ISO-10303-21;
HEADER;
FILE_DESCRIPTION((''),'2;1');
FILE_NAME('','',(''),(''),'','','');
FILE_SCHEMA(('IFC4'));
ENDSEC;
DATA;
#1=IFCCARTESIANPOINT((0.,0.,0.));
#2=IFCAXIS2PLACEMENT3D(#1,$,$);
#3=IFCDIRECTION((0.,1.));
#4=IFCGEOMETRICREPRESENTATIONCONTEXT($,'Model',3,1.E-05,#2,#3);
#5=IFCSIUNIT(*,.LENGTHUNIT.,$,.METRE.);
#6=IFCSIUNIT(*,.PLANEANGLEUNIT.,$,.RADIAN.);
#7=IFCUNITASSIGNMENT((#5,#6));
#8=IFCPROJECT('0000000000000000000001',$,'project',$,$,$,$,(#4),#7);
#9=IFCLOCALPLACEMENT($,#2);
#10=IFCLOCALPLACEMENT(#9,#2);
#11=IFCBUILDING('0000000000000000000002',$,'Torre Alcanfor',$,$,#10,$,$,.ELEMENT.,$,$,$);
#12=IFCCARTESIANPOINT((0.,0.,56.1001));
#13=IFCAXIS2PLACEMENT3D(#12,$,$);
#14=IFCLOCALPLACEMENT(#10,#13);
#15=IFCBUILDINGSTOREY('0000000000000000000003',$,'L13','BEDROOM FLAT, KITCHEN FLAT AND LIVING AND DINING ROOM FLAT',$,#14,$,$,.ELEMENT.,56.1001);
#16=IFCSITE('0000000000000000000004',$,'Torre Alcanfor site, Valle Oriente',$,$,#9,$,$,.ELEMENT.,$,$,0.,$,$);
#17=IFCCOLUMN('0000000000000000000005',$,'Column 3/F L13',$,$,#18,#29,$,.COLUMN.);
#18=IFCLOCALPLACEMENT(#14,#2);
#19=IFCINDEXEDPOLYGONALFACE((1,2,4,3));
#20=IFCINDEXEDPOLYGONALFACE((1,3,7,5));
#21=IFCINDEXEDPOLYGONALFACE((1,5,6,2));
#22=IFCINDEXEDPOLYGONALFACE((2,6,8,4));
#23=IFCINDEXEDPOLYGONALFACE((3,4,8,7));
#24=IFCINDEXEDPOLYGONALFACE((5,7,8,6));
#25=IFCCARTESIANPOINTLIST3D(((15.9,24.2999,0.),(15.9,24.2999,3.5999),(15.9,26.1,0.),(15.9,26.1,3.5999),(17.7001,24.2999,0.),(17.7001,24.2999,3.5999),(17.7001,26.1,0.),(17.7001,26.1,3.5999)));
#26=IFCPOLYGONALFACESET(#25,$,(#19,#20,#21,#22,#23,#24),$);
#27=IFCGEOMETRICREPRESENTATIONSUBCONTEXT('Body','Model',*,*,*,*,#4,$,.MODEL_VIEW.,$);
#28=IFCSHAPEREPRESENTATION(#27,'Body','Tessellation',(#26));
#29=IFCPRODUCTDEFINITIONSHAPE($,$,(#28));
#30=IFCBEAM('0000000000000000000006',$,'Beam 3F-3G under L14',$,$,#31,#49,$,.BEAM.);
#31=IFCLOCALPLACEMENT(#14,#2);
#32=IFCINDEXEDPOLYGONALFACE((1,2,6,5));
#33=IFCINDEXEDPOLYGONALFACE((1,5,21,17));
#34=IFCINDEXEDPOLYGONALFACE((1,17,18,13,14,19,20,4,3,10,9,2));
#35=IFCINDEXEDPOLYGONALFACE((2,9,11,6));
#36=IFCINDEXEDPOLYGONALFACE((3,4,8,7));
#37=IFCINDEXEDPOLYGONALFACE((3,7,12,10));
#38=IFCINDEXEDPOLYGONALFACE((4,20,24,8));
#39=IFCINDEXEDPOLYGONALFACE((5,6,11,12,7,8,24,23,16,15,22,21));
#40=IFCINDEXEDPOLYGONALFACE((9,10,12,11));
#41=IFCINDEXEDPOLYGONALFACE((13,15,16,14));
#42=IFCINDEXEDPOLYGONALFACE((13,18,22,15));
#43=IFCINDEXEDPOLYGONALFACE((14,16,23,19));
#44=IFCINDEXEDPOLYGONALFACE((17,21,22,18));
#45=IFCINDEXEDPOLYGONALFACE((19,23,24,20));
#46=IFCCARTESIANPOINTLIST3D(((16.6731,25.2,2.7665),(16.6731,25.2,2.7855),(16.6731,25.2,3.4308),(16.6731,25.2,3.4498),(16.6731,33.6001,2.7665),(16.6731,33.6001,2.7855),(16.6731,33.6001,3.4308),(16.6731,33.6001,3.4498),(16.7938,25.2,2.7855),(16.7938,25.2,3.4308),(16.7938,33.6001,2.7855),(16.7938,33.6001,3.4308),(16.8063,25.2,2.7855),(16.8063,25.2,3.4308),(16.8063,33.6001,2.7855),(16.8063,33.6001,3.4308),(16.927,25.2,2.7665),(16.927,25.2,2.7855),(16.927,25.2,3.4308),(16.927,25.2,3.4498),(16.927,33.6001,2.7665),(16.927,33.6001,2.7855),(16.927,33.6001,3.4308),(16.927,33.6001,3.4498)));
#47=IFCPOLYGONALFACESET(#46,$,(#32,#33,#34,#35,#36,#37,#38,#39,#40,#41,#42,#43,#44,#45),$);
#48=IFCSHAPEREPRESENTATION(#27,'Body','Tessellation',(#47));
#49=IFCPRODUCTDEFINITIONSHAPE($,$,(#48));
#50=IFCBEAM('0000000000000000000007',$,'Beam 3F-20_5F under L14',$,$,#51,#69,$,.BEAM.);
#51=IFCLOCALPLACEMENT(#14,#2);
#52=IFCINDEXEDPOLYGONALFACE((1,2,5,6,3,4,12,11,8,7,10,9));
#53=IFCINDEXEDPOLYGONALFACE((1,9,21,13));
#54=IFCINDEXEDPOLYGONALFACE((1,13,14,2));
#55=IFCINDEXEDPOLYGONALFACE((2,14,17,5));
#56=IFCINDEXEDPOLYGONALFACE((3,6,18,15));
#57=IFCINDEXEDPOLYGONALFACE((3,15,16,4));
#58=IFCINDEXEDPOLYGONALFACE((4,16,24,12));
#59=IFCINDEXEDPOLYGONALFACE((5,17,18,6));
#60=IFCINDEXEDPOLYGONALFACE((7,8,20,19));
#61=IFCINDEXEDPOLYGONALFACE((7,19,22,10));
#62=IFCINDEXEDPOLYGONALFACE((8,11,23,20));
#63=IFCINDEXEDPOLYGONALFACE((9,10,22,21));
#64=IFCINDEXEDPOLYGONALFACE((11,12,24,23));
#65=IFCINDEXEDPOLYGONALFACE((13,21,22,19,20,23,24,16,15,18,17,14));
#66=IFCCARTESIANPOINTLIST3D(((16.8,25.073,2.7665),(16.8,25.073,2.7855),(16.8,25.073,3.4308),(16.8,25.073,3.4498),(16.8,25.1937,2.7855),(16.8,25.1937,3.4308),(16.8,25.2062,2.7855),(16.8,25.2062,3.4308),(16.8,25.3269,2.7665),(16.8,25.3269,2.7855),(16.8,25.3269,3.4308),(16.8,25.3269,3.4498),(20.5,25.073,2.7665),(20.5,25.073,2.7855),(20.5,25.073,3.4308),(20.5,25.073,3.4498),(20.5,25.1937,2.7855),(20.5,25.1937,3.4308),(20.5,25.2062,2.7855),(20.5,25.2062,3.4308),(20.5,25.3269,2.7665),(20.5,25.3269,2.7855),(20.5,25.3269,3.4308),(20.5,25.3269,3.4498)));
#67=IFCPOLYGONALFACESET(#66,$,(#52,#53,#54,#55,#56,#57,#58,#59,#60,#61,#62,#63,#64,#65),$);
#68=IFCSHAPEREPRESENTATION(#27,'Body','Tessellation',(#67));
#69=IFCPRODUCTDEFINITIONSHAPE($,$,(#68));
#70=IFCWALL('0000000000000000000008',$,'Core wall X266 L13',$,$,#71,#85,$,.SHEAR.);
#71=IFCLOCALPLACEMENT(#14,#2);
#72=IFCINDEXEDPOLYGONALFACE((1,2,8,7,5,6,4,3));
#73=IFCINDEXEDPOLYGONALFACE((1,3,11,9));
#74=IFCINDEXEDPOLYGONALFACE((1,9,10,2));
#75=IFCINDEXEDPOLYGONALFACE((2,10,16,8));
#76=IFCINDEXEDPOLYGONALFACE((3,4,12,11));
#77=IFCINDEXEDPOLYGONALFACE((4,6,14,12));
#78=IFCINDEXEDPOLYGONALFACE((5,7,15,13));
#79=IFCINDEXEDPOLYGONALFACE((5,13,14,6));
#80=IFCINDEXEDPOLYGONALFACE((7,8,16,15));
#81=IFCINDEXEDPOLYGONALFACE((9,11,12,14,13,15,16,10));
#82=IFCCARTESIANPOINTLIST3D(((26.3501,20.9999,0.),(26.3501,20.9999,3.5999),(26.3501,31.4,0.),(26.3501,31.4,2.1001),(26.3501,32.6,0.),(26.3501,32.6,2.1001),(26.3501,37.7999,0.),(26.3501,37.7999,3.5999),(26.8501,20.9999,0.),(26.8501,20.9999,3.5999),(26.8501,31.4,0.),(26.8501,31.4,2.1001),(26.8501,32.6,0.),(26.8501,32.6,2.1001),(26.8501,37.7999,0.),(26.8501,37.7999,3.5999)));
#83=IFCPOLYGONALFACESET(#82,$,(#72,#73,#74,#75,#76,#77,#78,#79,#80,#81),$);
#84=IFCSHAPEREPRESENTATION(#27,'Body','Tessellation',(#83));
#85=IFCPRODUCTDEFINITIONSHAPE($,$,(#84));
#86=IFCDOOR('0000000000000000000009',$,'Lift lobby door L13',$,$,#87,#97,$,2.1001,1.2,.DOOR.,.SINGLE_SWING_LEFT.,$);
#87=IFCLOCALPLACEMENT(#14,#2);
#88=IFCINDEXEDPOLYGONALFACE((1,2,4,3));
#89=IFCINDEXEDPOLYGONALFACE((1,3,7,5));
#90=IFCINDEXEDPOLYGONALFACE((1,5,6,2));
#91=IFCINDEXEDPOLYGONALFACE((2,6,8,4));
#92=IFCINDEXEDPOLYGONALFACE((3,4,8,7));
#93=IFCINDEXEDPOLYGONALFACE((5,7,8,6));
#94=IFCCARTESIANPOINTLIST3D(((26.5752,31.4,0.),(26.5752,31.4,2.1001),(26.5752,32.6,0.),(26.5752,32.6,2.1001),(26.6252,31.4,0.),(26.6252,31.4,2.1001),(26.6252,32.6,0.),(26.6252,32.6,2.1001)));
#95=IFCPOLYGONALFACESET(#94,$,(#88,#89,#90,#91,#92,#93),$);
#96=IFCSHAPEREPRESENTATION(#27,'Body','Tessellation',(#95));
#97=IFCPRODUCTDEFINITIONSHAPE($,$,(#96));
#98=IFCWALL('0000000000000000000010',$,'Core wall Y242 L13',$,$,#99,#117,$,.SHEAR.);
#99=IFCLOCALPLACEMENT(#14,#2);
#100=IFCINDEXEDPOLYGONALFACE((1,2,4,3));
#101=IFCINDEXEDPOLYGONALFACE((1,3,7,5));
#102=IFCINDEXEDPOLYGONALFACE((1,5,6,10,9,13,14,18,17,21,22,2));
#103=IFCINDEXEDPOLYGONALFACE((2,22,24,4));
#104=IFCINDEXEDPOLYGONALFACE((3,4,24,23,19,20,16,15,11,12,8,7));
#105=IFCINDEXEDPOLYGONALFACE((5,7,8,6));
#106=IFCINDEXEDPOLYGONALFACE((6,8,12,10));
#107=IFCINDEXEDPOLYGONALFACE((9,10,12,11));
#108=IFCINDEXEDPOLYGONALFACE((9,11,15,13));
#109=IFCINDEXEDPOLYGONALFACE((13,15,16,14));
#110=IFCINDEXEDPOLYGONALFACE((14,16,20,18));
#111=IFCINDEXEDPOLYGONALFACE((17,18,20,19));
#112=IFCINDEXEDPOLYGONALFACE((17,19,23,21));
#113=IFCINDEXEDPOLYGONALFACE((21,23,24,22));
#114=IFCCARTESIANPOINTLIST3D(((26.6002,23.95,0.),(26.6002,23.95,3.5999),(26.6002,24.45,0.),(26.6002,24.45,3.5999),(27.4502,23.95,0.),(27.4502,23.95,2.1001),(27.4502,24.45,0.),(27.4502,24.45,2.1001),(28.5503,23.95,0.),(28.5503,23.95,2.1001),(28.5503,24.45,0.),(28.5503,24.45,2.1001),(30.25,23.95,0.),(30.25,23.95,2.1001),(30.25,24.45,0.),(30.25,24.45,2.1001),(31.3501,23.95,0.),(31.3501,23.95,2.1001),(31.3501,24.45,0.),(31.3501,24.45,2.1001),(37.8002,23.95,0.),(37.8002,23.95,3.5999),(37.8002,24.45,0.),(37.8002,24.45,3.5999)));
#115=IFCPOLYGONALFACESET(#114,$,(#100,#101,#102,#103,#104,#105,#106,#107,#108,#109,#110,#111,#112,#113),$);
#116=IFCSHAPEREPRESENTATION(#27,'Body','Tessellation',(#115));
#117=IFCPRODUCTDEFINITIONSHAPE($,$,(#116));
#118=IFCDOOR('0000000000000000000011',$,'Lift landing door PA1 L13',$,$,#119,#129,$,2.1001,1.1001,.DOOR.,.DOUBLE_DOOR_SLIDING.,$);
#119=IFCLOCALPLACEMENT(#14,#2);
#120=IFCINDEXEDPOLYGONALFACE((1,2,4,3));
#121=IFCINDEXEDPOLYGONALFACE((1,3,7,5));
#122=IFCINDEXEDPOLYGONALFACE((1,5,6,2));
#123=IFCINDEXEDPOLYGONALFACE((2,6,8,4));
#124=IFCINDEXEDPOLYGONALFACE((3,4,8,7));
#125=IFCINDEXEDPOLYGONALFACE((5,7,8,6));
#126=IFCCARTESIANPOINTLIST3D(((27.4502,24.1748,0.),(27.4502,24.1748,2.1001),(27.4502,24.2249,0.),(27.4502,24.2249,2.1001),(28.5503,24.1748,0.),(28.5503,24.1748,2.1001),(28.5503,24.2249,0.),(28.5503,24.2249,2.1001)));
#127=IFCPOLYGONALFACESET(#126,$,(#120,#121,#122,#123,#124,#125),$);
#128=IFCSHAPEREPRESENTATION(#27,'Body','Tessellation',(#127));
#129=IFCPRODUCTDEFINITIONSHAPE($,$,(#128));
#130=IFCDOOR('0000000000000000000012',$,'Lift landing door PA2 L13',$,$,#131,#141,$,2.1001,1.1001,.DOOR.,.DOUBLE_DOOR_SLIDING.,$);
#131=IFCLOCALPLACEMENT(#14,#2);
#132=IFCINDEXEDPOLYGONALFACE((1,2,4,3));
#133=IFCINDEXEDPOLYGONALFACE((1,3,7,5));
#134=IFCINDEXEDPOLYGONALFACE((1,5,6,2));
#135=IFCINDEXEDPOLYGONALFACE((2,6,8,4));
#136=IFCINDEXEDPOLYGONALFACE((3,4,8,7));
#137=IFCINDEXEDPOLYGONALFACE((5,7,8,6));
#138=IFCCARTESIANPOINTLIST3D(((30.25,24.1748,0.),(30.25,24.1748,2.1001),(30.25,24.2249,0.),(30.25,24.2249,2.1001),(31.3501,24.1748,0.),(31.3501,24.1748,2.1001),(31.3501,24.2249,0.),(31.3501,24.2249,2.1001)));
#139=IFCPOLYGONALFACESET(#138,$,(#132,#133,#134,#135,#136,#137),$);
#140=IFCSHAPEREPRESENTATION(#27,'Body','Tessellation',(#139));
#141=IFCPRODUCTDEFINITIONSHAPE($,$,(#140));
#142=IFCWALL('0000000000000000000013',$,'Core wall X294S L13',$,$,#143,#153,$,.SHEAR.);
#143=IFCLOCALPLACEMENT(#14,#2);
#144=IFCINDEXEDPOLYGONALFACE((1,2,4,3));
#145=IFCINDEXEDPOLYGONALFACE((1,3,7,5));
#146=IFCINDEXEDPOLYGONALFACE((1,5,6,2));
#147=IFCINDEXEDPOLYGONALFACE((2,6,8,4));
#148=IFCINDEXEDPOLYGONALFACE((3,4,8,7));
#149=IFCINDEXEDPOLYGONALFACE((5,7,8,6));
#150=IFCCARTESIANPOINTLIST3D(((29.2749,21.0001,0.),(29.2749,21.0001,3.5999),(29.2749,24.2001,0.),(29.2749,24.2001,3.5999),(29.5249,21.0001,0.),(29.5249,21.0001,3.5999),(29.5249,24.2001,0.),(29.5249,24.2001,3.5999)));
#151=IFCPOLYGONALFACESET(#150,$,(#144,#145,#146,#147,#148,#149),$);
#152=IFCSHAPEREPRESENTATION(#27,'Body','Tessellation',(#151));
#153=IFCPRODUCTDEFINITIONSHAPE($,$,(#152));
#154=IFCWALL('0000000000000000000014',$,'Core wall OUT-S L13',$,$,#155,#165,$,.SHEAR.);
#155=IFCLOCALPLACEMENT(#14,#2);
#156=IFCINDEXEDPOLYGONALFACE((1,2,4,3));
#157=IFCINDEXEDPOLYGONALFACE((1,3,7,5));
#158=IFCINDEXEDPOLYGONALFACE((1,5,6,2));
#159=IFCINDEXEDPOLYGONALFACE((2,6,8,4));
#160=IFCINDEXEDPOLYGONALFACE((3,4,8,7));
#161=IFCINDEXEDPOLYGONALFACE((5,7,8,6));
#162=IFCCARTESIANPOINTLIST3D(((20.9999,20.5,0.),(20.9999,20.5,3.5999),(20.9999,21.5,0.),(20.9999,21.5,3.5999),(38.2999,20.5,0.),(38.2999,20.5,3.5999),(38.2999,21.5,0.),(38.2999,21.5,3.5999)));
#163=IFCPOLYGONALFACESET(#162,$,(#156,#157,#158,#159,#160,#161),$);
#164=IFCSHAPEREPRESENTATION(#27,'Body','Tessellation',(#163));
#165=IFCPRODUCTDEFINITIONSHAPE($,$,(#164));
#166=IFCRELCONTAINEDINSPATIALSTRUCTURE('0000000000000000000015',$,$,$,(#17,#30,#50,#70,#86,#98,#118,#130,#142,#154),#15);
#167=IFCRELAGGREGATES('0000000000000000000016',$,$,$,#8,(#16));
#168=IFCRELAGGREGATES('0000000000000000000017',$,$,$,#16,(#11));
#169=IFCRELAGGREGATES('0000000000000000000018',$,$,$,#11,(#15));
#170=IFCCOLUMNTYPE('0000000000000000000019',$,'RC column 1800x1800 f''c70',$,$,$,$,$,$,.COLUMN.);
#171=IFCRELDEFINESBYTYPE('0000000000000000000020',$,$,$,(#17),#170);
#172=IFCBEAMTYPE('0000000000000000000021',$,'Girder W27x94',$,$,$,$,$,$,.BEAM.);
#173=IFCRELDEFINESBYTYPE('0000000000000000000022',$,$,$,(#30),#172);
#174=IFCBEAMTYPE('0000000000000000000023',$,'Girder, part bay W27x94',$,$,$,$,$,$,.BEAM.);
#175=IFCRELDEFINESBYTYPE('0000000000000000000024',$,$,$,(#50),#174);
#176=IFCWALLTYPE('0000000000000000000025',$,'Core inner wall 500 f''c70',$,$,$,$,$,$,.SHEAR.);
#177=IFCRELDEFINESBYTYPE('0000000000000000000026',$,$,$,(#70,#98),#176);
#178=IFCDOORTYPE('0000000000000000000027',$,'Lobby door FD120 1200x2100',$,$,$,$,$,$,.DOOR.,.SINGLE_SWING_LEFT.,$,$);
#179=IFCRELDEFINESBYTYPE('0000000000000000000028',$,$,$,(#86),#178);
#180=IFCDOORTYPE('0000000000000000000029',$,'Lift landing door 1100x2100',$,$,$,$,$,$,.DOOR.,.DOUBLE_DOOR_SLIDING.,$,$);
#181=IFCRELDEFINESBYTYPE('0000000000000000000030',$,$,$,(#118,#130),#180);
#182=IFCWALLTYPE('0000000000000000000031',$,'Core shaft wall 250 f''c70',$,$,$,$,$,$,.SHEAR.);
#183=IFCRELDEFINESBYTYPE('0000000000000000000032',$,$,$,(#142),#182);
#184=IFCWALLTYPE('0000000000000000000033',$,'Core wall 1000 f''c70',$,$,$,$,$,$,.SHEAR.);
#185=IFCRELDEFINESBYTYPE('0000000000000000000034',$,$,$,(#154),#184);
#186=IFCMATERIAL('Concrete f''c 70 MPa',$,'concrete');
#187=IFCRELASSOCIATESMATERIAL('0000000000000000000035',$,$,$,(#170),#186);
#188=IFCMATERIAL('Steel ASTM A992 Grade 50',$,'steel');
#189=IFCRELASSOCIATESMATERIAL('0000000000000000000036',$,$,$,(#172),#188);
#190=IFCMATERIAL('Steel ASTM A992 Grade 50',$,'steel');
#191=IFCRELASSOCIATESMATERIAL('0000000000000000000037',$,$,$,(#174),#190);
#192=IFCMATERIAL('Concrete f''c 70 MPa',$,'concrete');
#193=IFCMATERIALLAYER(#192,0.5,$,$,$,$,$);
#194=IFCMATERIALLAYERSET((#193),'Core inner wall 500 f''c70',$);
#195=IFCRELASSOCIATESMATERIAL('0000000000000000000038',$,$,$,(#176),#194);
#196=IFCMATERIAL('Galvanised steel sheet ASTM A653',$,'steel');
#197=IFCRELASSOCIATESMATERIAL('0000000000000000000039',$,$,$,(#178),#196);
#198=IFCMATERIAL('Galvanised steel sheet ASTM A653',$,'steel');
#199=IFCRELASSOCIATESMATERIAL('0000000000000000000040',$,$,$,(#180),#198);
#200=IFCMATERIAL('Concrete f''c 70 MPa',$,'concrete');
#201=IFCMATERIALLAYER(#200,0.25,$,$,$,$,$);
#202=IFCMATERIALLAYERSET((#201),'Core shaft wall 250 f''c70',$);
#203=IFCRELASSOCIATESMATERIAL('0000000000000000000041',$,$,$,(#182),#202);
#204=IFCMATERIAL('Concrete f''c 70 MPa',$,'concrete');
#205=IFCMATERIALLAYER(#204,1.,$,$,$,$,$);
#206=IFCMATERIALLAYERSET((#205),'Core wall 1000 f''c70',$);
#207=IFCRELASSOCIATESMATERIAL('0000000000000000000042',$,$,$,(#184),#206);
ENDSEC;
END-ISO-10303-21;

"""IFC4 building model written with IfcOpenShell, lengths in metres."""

from ifc_helpers import new_model, si_unit, direction, frame, frame_2d, origin, origin_2d, place, context, subcontext, project, spatial, rectangle, i_section, extrude, material, layer, layer_set, material_profile, profile_set, type_object, element, fill, save


model = new_model("IFC4")

# Units and contexts
model_context = context("Model", 3, precision=1e-05, world=origin(), true_north=direction((0.0, 1.0)))
body_context = subcontext(model_context, "Body", "Model", "MODEL_VIEW")
ifc_project = project(units=[si_unit("LENGTHUNIT", "METRE"), si_unit("PLANEANGLEUNIT", "RADIAN")], contexts=[model_context])

# Site, building, storey
site_placement = place(None, origin())
site = spatial("IfcSite", under=ifc_project, at=site_placement, Name="Torre Alcanfor site, Valle Oriente", CompositionType="ELEMENT", RefElevation=0.0)
building_placement = place(site_placement, origin())
building = spatial("IfcBuilding", under=site, at=building_placement, Name="Torre Alcanfor", CompositionType="ELEMENT")
storey_placement = place(building_placement, frame((0.0, 0.0, 56.1001)))
storey = spatial("IfcBuildingStorey", under=building, at=storey_placement, Name="L13", Description="BEDROOM FLAT, KITCHEN FLAT AND LIVING AND DINING ROOM FLAT", CompositionType="ELEMENT", Elevation=56.1001)

# Column
ifc_material_1 = material(Name="Concrete f'c 70 MPa", Category="concrete")
ifc_material_profile_1 = material_profile(ifc_material_1, rectangle(XDim=1.8, YDim=1.8, at=origin_2d()), Name="1800x1800")
ifc_profile_set_1 = profile_set([ifc_material_profile_1], Name="Concrete f'c 70 MPa")
column_type = type_object("IfcColumnType", Name="RC column 1800x1800 f'c70", PredefinedType="COLUMN", material=ifc_profile_set_1)
column_placement = place(storey_placement, frame((16.8, 25.2, 0.0), z_axis=(0.0, 0.0, 1.0), x_axis=(1.0, 0.0, 0.0)))
element("IfcColumn", 1, at=column_placement, inside=storey, type_object=column_type, Name="Column 3/F L13", PredefinedType="COLUMN", context=body_context, shape_type="SweptSolid", body=[
    extrude(rectangle(XDim=1.8, YDim=1.8, at=origin_2d()), origin(), (0.0, 0.0, 1.0), 3.5999),
])

# Beams
ifc_material_2 = material(Name="Steel ASTM A992 Grade 50", Category="steel")
ifc_material_profile_2 = material_profile(ifc_material_2, i_section(OverallWidth=0.2539, OverallDepth=0.6833, WebThickness=0.0125, FlangeThickness=0.019, at=origin_2d()), Name="W27x94")
ifc_profile_set_2 = profile_set([ifc_material_profile_2], Name="Steel ASTM A992 Grade 50")
beam_type_1 = type_object("IfcBeamType", Name="Girder W27x94", PredefinedType="BEAM", material=ifc_profile_set_2)
beam_1_placement = place(storey_placement, frame((16.8, 25.2, 3.1082), z_axis=(0.0, 1.0, 0.0), x_axis=(-1.0, 0.0, 0.0)))
element("IfcBeam", 2, at=beam_1_placement, inside=storey, type_object=beam_type_1, Name="Beam 3F-3G under L14", PredefinedType="BEAM", context=body_context, shape_type="SweptSolid", body=[
    extrude(i_section(OverallWidth=0.2539, OverallDepth=0.6833, WebThickness=0.0125, FlangeThickness=0.019, at=origin_2d()), origin(), (0.0, 0.0, 1.0), 8.4001),
])
ifc_material_3 = material(Name="Steel ASTM A992 Grade 50", Category="steel")
ifc_material_profile_3 = material_profile(ifc_material_3, i_section(OverallWidth=0.2539, OverallDepth=0.6833, WebThickness=0.0125, FlangeThickness=0.019, at=origin_2d()), Name="W27x94")
ifc_profile_set_3 = profile_set([ifc_material_profile_3], Name="Steel ASTM A992 Grade 50")
beam_type_2 = type_object("IfcBeamType", Name="Girder, part bay W27x94", PredefinedType="BEAM", material=ifc_profile_set_3)
beam_2_placement = place(storey_placement, frame((16.8, 25.2, 3.1082), z_axis=(1.0, 0.0, 0.0), x_axis=(0.0, 1.0, 0.0)))
element("IfcBeam", 3, at=beam_2_placement, inside=storey, type_object=beam_type_2, Name="Beam 3F-20_5F under L14", PredefinedType="BEAM", context=body_context, shape_type="SweptSolid", body=[
    extrude(i_section(OverallWidth=0.2539, OverallDepth=0.6833, WebThickness=0.0125, FlangeThickness=0.019, at=origin_2d()), origin(), (0.0, 0.0, 1.0), 3.7),
])

# Wall, opening, door
ifc_material_4 = material(Name="Concrete f'c 70 MPa", Category="concrete")
ifc_layer_1 = layer(ifc_material_4, 0.5)
ifc_layer_set_1 = layer_set([ifc_layer_1], Name="Core inner wall 500 f'c70")
wall_type_1 = type_object("IfcWallType", Name="Core inner wall 500 f'c70", PredefinedType="SHEAR", material=ifc_layer_set_1)
wall_1_placement = place(storey_placement, frame((26.6001, 21.0, 0.0), z_axis=(0.0, 0.0, 1.0), x_axis=(0.0, 1.0, 0.0)))
wall_1 = element("IfcWall", 4, at=wall_1_placement, inside=storey, type_object=wall_type_1, Name="Core wall X266 L13", PredefinedType="SHEAR", context=body_context, shape_type="SweptSolid", body=[
    extrude(rectangle(XDim=16.8, YDim=0.5, at=frame_2d((8.3999, 0.0))), origin(), (0.0, 0.0, 1.0), 3.5999),
])
opening_1_placement = place(wall_1_placement, frame((10.3999, 0.0, 0.0)))
opening_1 = element("IfcOpeningElement", 5, at=opening_1_placement, cuts=wall_1, PredefinedType="OPENING", context=body_context, shape_type="SweptSolid", body=[
    extrude(rectangle(XDim=1.2, YDim=2.1001, at=frame_2d((0.6001, 1.05))), frame((0.0, 0.26, 0.0), z_axis=(0.0, -1.0, 0.0), x_axis=(1.0, 0.0, 0.0)), (0.0, 0.0, 1.0), 0.52),
])
ifc_material_5 = material(Name="Galvanised steel sheet ASTM A653", Category="steel")
door_type_1 = type_object("IfcDoorType", Name="Lobby door FD120 1200x2100", OperationType="SINGLE_SWING_LEFT", PredefinedType="DOOR", material=ifc_material_5)
door_1_placement = place(opening_1_placement, origin())
door_1 = element("IfcDoor", 6, at=door_1_placement, inside=storey, type_object=door_type_1, Name="Lift lobby door L13", OperationType="SINGLE_SWING_LEFT", OverallHeight=2.1001, OverallWidth=1.2, PredefinedType="DOOR", context=body_context, shape_type="SweptSolid", body=[
    extrude(rectangle(XDim=1.2, YDim=2.1001, at=frame_2d((0.6001, 1.05))), frame((0.0, 0.0249, 0.0), z_axis=(0.0, -1.0, 0.0), x_axis=(1.0, 0.0, 0.0)), (0.0, 0.0, 1.0), 0.05),
])
fill(opening_1, door_1)

# Wall, openings, doors
wall_2_placement = place(storey_placement, frame((26.6001, 24.2, 0.0), z_axis=(0.0, 0.0, 1.0), x_axis=(1.0, 0.0, 0.0)))
wall_2 = element("IfcWall", 7, at=wall_2_placement, inside=storey, type_object=wall_type_1, Name="Core wall Y242 L13", PredefinedType="SHEAR", context=body_context, shape_type="SweptSolid", body=[
    extrude(rectangle(XDim=11.2, YDim=0.5, at=frame_2d((5.6001, 0.0))), origin(), (0.0, 0.0, 1.0), 3.5999),
])
opening_2_placement = place(wall_2_placement, frame((0.8501, 0.0, 0.0)))
opening_2 = element("IfcOpeningElement", 8, at=opening_2_placement, cuts=wall_2, PredefinedType="OPENING", context=body_context, shape_type="SweptSolid", body=[
    extrude(rectangle(XDim=1.1001, YDim=2.1001, at=frame_2d((0.55, 1.05))), frame((0.0, 0.26, 0.0), z_axis=(0.0, -1.0, 0.0), x_axis=(1.0, 0.0, 0.0)), (0.0, 0.0, 1.0), 0.52),
])
opening_3_placement = place(wall_2_placement, frame((3.6499, 0.0, 0.0)))
opening_3 = element("IfcOpeningElement", 9, at=opening_3_placement, cuts=wall_2, PredefinedType="OPENING", context=body_context, shape_type="SweptSolid", body=[
    extrude(rectangle(XDim=1.1001, YDim=2.1001, at=frame_2d((0.55, 1.05))), frame((0.0, 0.26, 0.0), z_axis=(0.0, -1.0, 0.0), x_axis=(1.0, 0.0, 0.0)), (0.0, 0.0, 1.0), 0.52),
])
ifc_material_6 = material(Name="Galvanised steel sheet ASTM A653", Category="steel")
door_type_2 = type_object("IfcDoorType", Name="Lift landing door 1100x2100", OperationType="DOUBLE_DOOR_SLIDING", PredefinedType="DOOR", material=ifc_material_6)
door_2_placement = place(opening_2_placement, origin())
door_2 = element("IfcDoor", 10, at=door_2_placement, inside=storey, type_object=door_type_2, Name="Lift landing door PA1 L13", OperationType="DOUBLE_DOOR_SLIDING", OverallHeight=2.1001, OverallWidth=1.1001, PredefinedType="DOOR", context=body_context, shape_type="SweptSolid", body=[
    extrude(rectangle(XDim=1.1001, YDim=2.1001, at=frame_2d((0.55, 1.05))), frame((0.0, 0.0249, 0.0), z_axis=(0.0, -1.0, 0.0), x_axis=(1.0, 0.0, 0.0)), (0.0, 0.0, 1.0), 0.05),
])
fill(opening_2, door_2)
door_3_placement = place(opening_3_placement, origin())
door_3 = element("IfcDoor", 11, at=door_3_placement, inside=storey, type_object=door_type_2, Name="Lift landing door PA2 L13", OperationType="DOUBLE_DOOR_SLIDING", OverallHeight=2.1001, OverallWidth=1.1001, PredefinedType="DOOR", context=body_context, shape_type="SweptSolid", body=[
    extrude(rectangle(XDim=1.1001, YDim=2.1001, at=frame_2d((0.55, 1.05))), frame((0.0, 0.0249, 0.0), z_axis=(0.0, -1.0, 0.0), x_axis=(1.0, 0.0, 0.0)), (0.0, 0.0, 1.0), 0.05),
])
fill(opening_3, door_3)

# Walls
ifc_material_7 = material(Name="Concrete f'c 70 MPa", Category="concrete")
ifc_layer_2 = layer(ifc_material_7, 0.25)
ifc_layer_set_2 = layer_set([ifc_layer_2], Name="Core shaft wall 250 f'c70")
wall_type_2 = type_object("IfcWallType", Name="Core shaft wall 250 f'c70", PredefinedType="SHEAR", material=ifc_layer_set_2)
wall_3_placement = place(storey_placement, frame((29.3999, 21.0, 0.0), z_axis=(0.0, 0.0, 1.0), x_axis=(0.0, 1.0, 0.0)))
element("IfcWall", 12, at=wall_3_placement, inside=storey, type_object=wall_type_2, Name="Core wall X294S L13", PredefinedType="SHEAR", context=body_context, shape_type="SweptSolid", body=[
    extrude(rectangle(XDim=3.2, YDim=0.25, at=frame_2d((1.6001, 0.0))), origin(), (0.0, 0.0, 1.0), 3.5999),
])
ifc_material_8 = material(Name="Concrete f'c 70 MPa", Category="concrete")
ifc_layer_3 = layer(ifc_material_8, 1.0)
ifc_layer_set_3 = layer_set([ifc_layer_3], Name="Core wall 1000 f'c70")
wall_type_3 = type_object("IfcWallType", Name="Core wall 1000 f'c70", PredefinedType="SHEAR", material=ifc_layer_set_3)
wall_4_placement = place(storey_placement, frame((21.0, 21.0, 0.0), z_axis=(0.0, 0.0, 1.0), x_axis=(1.0, 0.0, 0.0)))
element("IfcWall", 13, at=wall_4_placement, inside=storey, type_object=wall_type_3, Name="Core wall OUT-S L13", PredefinedType="SHEAR", context=body_context, shape_type="SweptSolid", body=[
    extrude(rectangle(XDim=17.3, YDim=1.0, at=frame_2d((8.6499, 0.0))), origin(), (0.0, 0.0, 1.0), 3.5999),
])

save(model, "model.ifc")
